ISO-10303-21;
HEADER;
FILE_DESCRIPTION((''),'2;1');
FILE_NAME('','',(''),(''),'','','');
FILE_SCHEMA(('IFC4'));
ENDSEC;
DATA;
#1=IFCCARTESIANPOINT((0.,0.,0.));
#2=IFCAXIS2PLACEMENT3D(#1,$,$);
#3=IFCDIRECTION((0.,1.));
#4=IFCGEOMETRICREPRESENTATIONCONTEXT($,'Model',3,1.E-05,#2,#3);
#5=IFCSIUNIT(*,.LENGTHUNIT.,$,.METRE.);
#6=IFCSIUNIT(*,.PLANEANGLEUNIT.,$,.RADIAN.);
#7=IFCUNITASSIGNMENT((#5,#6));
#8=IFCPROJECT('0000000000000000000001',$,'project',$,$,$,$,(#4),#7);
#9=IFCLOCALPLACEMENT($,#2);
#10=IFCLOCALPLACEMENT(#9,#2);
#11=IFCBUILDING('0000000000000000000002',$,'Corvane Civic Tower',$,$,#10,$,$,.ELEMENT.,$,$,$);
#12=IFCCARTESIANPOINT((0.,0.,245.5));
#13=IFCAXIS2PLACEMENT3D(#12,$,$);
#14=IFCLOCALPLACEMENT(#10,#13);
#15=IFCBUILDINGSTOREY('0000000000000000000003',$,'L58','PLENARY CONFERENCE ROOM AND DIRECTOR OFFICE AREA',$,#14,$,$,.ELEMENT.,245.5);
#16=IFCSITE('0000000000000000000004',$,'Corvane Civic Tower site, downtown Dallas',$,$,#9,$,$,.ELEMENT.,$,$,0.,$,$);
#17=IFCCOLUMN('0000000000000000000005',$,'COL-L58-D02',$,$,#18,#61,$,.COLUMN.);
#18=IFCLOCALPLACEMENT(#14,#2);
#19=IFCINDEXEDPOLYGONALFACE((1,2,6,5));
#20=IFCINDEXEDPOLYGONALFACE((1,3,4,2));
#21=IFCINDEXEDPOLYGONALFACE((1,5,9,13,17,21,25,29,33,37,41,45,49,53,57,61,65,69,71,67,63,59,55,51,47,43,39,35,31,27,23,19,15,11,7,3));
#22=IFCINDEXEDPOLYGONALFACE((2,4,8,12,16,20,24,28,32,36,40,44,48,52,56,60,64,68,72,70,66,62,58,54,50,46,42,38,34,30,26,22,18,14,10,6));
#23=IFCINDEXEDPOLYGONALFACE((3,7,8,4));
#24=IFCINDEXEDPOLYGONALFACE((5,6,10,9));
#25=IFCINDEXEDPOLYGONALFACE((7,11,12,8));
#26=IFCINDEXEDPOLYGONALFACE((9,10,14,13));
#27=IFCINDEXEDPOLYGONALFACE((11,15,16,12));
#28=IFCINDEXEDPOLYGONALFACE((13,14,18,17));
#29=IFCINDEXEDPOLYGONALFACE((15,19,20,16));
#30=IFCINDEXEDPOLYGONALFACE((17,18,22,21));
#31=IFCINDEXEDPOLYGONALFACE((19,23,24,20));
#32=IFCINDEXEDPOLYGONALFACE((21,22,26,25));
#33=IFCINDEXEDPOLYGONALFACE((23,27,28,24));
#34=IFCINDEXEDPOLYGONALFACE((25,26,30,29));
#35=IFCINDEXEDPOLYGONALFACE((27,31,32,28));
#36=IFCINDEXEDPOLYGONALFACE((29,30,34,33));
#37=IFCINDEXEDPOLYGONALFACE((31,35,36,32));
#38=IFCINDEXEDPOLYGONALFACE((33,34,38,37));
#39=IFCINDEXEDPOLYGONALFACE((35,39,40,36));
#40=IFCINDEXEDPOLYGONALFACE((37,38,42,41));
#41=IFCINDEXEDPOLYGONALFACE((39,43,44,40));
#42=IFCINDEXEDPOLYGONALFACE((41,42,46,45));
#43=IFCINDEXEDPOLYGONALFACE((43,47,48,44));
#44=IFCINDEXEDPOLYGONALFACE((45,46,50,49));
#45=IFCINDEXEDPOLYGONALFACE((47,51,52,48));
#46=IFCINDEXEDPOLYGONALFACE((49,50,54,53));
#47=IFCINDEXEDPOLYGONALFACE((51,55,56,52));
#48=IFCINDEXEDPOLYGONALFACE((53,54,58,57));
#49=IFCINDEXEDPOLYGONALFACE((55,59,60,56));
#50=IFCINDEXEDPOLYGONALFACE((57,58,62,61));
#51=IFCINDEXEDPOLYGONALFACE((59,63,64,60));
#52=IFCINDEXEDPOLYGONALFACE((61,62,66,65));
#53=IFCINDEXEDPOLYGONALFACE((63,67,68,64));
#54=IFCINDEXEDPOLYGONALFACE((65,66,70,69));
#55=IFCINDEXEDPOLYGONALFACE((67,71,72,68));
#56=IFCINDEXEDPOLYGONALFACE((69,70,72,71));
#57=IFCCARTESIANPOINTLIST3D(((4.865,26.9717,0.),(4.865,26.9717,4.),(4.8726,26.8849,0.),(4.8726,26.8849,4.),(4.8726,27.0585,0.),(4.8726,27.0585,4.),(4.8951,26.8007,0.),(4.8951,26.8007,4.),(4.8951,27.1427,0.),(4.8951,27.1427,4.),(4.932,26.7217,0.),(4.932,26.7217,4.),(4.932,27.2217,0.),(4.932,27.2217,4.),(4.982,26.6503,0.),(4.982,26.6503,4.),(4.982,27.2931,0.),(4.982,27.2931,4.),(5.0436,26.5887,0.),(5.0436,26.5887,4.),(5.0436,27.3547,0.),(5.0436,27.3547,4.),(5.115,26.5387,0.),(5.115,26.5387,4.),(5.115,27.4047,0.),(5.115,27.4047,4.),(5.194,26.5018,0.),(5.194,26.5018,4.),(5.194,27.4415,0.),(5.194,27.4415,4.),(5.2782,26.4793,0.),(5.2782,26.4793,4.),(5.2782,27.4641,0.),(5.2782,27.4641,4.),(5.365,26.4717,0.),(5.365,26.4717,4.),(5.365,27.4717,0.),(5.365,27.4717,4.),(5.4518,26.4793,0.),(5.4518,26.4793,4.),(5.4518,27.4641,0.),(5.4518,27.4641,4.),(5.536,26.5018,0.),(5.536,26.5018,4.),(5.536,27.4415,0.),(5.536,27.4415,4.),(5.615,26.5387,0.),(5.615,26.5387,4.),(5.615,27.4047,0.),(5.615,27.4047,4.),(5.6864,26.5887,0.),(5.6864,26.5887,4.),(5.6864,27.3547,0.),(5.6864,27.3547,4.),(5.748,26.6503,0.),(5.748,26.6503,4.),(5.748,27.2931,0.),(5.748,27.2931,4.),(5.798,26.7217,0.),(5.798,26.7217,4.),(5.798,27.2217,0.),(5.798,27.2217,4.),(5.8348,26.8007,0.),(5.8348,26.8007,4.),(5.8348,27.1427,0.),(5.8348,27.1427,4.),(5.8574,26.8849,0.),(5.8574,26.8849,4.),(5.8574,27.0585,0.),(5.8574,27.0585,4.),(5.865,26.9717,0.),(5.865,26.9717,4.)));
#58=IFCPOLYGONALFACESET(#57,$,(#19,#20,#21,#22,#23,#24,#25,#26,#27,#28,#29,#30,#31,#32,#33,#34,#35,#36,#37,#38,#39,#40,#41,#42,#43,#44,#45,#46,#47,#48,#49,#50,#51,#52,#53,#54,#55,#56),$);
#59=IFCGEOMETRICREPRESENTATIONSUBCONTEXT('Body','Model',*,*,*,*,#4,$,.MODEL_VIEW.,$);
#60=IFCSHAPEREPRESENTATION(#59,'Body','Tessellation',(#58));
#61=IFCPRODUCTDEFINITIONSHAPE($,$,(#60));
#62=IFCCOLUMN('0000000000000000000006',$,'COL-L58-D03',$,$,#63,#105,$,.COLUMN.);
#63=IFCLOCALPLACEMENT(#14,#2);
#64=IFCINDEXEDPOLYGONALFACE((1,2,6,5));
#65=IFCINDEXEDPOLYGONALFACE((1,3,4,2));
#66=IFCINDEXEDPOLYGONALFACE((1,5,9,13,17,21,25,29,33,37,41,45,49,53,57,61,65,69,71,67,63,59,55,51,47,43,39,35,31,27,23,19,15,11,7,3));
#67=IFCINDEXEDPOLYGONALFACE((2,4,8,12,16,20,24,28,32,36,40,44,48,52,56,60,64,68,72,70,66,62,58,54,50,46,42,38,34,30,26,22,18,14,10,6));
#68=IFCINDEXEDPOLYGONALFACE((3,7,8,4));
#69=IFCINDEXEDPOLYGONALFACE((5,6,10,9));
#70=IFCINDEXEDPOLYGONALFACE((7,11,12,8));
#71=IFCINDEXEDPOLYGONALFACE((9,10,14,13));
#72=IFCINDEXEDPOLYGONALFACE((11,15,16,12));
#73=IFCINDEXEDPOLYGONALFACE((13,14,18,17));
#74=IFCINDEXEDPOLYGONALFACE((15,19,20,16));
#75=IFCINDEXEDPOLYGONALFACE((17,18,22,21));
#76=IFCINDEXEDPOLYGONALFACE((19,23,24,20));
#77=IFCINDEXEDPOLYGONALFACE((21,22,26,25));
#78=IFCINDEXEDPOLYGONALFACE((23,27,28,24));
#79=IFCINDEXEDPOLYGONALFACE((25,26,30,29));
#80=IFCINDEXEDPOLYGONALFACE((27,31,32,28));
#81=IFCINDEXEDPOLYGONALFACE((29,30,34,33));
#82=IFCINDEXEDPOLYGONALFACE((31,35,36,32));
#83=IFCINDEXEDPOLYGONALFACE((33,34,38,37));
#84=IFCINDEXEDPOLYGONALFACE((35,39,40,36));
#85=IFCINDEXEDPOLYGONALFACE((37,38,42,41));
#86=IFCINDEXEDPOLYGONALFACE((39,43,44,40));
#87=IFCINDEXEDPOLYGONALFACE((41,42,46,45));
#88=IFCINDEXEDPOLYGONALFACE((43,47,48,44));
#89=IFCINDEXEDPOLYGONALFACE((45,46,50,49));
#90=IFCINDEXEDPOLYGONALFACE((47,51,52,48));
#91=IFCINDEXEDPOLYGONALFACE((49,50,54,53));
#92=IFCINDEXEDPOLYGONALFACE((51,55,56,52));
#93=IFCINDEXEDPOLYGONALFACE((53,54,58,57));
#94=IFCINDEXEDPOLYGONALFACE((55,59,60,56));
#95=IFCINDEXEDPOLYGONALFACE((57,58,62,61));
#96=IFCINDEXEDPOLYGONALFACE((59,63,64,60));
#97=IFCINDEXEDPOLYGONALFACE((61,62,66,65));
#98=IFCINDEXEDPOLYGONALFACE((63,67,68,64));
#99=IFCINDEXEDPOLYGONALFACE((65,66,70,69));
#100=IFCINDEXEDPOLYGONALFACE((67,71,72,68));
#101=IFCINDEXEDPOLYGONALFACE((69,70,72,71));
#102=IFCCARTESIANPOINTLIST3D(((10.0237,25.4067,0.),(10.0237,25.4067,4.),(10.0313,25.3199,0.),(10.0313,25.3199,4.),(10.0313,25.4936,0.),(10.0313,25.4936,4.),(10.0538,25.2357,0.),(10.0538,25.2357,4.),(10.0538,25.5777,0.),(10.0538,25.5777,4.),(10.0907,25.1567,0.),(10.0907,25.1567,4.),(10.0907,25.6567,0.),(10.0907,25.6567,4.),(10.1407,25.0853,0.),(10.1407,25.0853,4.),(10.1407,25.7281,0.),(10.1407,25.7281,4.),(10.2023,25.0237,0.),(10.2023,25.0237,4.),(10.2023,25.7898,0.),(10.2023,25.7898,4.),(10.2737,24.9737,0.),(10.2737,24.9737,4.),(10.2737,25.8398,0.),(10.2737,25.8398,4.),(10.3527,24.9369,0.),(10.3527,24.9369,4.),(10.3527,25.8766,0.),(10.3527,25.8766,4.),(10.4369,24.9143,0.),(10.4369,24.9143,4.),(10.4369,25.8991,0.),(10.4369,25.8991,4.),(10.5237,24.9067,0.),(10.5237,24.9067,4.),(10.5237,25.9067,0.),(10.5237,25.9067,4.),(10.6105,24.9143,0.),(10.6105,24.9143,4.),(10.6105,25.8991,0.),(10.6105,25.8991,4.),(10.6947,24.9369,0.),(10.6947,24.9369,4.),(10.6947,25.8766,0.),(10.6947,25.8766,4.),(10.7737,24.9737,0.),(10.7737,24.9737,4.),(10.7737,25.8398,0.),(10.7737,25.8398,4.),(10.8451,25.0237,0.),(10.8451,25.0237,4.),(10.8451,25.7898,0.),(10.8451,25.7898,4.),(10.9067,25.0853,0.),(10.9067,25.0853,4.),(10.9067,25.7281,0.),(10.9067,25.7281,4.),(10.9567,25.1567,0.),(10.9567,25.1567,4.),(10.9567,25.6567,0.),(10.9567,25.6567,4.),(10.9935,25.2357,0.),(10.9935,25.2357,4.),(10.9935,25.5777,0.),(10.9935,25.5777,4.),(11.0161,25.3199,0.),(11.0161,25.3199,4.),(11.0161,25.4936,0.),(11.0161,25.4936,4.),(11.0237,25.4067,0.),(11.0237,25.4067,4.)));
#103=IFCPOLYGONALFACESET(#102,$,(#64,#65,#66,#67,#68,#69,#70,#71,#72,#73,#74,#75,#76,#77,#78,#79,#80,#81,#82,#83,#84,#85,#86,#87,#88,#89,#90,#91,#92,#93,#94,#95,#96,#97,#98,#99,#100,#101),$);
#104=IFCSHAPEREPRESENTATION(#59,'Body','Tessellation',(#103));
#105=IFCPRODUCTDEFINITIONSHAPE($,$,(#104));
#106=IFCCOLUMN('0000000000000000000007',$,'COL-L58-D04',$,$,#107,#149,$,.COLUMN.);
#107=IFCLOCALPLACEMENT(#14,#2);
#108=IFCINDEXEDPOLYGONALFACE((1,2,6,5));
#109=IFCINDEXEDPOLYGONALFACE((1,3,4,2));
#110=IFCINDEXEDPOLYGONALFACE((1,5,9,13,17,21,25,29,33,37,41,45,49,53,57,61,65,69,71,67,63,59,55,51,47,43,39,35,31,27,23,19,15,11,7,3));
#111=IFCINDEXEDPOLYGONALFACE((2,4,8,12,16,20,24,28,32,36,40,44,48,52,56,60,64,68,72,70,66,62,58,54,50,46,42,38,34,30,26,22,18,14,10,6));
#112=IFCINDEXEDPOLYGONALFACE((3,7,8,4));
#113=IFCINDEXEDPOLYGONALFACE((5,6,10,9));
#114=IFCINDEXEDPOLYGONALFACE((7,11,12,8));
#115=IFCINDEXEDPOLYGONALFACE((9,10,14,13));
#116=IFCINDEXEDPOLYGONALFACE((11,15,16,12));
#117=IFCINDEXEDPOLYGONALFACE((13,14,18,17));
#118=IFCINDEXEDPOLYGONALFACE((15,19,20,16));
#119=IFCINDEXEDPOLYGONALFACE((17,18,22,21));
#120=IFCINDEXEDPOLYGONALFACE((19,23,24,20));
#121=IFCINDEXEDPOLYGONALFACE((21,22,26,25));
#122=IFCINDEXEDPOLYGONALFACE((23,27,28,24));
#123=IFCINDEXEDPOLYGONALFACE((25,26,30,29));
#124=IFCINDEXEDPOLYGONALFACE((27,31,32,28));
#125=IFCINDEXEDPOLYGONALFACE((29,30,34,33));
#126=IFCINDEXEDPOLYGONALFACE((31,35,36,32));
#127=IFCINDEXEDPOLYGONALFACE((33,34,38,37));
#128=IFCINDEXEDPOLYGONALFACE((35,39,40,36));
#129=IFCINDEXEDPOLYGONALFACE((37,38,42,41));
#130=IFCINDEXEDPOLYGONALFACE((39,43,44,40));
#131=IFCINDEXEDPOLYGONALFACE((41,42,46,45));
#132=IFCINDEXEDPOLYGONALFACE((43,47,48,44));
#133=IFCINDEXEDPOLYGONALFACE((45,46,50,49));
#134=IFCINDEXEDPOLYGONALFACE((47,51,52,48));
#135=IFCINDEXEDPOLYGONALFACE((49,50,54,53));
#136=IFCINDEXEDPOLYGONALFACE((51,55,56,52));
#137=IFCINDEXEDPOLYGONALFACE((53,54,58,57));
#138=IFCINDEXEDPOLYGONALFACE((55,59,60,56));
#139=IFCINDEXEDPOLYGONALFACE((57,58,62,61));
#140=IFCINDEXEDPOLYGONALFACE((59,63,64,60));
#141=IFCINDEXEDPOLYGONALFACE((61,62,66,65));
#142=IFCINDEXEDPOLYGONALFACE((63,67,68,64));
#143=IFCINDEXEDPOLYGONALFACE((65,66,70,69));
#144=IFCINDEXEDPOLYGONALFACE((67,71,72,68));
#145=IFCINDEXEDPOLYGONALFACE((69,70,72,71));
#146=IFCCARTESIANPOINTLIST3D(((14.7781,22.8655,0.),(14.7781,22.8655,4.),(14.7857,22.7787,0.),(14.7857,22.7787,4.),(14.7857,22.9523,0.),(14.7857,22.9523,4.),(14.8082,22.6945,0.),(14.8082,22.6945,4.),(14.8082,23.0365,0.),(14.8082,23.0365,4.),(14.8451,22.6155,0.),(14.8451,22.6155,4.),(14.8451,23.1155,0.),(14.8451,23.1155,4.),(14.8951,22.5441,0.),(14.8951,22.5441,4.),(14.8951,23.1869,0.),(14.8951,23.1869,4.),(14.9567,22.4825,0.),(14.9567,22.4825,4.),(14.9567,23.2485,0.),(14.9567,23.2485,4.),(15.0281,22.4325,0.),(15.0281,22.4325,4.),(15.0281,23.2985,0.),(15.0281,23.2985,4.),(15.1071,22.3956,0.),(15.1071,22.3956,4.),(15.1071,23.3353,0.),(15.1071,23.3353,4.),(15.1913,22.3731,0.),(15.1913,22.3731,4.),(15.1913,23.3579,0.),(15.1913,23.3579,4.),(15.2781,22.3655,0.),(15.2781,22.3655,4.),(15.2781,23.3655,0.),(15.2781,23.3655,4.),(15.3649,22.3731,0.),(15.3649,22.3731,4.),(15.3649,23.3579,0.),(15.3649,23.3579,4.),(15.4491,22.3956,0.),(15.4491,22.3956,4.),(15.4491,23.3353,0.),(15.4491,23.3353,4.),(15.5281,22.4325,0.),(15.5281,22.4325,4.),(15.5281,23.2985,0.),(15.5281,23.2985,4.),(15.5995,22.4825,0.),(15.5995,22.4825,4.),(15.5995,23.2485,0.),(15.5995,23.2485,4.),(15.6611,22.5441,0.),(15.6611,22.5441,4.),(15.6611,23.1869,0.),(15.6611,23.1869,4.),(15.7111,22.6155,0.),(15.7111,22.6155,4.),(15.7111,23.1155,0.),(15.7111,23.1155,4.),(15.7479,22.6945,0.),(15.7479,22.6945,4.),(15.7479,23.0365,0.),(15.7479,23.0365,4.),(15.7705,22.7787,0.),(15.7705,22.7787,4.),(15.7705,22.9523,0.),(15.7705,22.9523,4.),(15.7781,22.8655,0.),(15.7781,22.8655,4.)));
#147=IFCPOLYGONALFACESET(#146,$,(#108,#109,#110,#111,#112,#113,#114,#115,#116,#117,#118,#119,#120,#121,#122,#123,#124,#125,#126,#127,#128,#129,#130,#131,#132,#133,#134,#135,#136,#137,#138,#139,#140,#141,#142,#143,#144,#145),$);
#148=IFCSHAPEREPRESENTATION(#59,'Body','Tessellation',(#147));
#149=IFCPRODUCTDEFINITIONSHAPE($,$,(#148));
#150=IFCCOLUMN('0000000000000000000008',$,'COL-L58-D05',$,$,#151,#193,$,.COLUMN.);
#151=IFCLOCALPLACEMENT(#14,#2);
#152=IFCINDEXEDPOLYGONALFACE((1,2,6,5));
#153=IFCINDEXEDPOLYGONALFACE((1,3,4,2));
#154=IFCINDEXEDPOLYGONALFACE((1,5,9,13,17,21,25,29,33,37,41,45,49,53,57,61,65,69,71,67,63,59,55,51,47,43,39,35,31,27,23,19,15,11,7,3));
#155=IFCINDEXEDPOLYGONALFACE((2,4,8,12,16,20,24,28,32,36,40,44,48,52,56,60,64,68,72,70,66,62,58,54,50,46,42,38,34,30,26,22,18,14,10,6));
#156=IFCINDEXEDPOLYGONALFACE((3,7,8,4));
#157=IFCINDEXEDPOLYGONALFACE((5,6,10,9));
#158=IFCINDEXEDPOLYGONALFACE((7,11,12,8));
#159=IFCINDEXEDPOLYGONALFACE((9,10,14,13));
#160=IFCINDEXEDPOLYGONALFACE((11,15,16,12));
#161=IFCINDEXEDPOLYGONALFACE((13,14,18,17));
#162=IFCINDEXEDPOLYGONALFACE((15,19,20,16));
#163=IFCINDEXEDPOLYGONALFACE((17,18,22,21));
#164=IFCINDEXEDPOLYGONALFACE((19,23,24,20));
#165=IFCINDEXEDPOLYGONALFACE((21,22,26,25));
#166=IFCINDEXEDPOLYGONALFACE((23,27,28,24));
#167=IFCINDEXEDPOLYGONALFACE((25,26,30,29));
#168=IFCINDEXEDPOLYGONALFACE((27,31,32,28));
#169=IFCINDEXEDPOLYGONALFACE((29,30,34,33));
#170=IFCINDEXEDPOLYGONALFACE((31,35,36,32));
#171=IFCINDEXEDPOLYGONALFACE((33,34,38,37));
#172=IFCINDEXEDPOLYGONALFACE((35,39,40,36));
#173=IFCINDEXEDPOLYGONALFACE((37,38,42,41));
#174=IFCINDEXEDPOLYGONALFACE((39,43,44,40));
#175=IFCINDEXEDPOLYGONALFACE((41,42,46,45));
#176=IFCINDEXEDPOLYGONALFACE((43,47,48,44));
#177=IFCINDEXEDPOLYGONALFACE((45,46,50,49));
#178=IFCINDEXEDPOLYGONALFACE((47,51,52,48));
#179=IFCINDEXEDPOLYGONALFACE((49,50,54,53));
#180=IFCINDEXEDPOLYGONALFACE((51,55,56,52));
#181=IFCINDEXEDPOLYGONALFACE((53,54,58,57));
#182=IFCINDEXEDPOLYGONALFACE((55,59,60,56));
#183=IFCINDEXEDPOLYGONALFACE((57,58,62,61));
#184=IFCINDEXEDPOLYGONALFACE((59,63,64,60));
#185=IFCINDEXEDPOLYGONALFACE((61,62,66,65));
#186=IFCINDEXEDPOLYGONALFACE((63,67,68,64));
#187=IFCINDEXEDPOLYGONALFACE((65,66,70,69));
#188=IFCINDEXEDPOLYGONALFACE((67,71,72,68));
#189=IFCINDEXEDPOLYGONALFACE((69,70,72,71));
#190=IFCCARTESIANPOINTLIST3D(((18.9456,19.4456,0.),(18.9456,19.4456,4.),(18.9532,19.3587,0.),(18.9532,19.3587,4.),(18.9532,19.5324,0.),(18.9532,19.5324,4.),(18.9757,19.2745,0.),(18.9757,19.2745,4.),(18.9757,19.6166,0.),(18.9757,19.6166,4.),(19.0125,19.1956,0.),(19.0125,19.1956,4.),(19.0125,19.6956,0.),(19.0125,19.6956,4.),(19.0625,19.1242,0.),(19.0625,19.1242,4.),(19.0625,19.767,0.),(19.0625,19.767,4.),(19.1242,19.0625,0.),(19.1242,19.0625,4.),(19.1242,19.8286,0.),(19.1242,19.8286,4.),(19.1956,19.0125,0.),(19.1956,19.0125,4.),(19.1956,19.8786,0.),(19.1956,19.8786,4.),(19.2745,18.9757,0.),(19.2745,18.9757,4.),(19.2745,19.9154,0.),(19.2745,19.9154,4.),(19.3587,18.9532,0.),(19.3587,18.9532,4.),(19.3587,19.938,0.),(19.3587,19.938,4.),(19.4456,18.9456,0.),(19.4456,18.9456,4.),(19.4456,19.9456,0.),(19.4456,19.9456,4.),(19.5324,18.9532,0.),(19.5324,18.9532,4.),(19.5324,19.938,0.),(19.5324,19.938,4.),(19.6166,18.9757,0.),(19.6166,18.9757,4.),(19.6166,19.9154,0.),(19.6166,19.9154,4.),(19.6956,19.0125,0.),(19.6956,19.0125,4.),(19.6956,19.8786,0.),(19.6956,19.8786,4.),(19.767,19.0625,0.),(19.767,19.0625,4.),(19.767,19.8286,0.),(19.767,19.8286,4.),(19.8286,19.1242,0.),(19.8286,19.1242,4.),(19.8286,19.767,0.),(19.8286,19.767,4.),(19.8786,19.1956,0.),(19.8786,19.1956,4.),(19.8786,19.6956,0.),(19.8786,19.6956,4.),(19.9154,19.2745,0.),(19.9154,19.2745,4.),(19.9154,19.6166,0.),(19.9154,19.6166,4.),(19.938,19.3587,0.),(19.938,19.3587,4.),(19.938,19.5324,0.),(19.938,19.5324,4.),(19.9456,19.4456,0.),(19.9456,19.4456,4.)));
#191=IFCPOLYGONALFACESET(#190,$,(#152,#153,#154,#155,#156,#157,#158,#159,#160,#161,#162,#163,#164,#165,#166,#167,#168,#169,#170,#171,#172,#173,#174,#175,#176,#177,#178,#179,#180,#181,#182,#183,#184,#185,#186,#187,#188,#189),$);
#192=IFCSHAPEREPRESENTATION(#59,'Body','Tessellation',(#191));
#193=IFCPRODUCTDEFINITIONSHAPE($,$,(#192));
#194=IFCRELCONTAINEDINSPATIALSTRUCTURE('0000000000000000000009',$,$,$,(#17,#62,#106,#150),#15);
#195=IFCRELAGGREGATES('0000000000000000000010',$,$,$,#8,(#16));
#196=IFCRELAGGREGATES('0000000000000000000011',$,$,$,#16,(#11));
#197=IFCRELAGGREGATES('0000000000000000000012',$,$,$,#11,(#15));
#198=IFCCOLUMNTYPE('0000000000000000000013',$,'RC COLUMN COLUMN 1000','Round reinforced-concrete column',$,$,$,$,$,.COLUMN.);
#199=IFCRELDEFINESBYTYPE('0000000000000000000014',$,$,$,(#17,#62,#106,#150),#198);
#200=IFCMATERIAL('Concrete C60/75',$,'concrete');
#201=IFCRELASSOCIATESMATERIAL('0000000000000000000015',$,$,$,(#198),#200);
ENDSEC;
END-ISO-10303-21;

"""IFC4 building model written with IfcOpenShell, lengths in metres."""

from ifc_helpers import new_model, si_unit, direction, frame, origin, origin_2d, place, context, subcontext, project, spatial, circle, extrude, material, material_profile, profile_set, type_object, element, save


model = new_model("IFC4")

# Units and contexts
model_context = context("Model", 3, precision=1e-05, world=origin(), true_north=direction((0.0, 1.0)))
body_context = subcontext(model_context, "Body", "Model", "MODEL_VIEW")
ifc_project = project(units=[si_unit("LENGTHUNIT", "METRE"), si_unit("PLANEANGLEUNIT", "RADIAN")], contexts=[model_context])

# Site, building, storey
site_placement = place(None, origin())
site = spatial("IfcSite", under=ifc_project, at=site_placement, Name="Corvane Civic Tower site, downtown Dallas", CompositionType="ELEMENT", RefElevation=0.0)
building_placement = place(site_placement, origin())
building = spatial("IfcBuilding", under=site, at=building_placement, Name="Corvane Civic Tower", CompositionType="ELEMENT")
storey_placement = place(building_placement, frame((0.0, 0.0, 245.5)))
storey = spatial("IfcBuildingStorey", under=building, at=storey_placement, Name="L58", Description="PLENARY CONFERENCE ROOM AND DIRECTOR OFFICE AREA", CompositionType="ELEMENT", Elevation=245.5)

# Columns
ifc_material_1 = material(Name="Concrete C60/75", Category="concrete")
ifc_material_profile_1 = material_profile(ifc_material_1, circle(Radius=0.5, at=origin_2d()), Name="COLUMN 1000")
ifc_profile_set_1 = profile_set([ifc_material_profile_1], Name="Concrete C60/75")
column_type = type_object("IfcColumnType", Name="RC COLUMN COLUMN 1000", Description="Round reinforced-concrete column", PredefinedType="COLUMN", material=ifc_profile_set_1)
for number, where, z_axis, x_axis, name in (
    (1, (5.365, 26.9717, 0.0), (0.0, 0.0, 1.0), (1.0, 0.0, 0.0), "COL-L58-D02"),
    (2, (10.5237, 25.4067, 0.0), (0.0, 0.0, 1.0), (1.0, 0.0, 0.0), "COL-L58-D03"),
    (3, (15.2781, 22.8655, 0.0), (0.0, 0.0, 1.0), (1.0, 0.0, 0.0), "COL-L58-D04"),
    (4, (19.4456, 19.4456, 0.0), (0.0, 0.0, 1.0), (1.0, 0.0, 0.0), "COL-L58-D05"),
):
    element("IfcColumn", number, at=place(storey_placement, frame(where, z_axis=z_axis, x_axis=x_axis)), inside=storey, type_object=column_type, Name=name, PredefinedType="COLUMN", context=body_context, shape_type="SweptSolid", body=[
        extrude(circle(Radius=0.5, at=origin_2d()), origin(), (0.0, 0.0, 1.0), 4.0),
    ])

save(model, "model.ifc")
